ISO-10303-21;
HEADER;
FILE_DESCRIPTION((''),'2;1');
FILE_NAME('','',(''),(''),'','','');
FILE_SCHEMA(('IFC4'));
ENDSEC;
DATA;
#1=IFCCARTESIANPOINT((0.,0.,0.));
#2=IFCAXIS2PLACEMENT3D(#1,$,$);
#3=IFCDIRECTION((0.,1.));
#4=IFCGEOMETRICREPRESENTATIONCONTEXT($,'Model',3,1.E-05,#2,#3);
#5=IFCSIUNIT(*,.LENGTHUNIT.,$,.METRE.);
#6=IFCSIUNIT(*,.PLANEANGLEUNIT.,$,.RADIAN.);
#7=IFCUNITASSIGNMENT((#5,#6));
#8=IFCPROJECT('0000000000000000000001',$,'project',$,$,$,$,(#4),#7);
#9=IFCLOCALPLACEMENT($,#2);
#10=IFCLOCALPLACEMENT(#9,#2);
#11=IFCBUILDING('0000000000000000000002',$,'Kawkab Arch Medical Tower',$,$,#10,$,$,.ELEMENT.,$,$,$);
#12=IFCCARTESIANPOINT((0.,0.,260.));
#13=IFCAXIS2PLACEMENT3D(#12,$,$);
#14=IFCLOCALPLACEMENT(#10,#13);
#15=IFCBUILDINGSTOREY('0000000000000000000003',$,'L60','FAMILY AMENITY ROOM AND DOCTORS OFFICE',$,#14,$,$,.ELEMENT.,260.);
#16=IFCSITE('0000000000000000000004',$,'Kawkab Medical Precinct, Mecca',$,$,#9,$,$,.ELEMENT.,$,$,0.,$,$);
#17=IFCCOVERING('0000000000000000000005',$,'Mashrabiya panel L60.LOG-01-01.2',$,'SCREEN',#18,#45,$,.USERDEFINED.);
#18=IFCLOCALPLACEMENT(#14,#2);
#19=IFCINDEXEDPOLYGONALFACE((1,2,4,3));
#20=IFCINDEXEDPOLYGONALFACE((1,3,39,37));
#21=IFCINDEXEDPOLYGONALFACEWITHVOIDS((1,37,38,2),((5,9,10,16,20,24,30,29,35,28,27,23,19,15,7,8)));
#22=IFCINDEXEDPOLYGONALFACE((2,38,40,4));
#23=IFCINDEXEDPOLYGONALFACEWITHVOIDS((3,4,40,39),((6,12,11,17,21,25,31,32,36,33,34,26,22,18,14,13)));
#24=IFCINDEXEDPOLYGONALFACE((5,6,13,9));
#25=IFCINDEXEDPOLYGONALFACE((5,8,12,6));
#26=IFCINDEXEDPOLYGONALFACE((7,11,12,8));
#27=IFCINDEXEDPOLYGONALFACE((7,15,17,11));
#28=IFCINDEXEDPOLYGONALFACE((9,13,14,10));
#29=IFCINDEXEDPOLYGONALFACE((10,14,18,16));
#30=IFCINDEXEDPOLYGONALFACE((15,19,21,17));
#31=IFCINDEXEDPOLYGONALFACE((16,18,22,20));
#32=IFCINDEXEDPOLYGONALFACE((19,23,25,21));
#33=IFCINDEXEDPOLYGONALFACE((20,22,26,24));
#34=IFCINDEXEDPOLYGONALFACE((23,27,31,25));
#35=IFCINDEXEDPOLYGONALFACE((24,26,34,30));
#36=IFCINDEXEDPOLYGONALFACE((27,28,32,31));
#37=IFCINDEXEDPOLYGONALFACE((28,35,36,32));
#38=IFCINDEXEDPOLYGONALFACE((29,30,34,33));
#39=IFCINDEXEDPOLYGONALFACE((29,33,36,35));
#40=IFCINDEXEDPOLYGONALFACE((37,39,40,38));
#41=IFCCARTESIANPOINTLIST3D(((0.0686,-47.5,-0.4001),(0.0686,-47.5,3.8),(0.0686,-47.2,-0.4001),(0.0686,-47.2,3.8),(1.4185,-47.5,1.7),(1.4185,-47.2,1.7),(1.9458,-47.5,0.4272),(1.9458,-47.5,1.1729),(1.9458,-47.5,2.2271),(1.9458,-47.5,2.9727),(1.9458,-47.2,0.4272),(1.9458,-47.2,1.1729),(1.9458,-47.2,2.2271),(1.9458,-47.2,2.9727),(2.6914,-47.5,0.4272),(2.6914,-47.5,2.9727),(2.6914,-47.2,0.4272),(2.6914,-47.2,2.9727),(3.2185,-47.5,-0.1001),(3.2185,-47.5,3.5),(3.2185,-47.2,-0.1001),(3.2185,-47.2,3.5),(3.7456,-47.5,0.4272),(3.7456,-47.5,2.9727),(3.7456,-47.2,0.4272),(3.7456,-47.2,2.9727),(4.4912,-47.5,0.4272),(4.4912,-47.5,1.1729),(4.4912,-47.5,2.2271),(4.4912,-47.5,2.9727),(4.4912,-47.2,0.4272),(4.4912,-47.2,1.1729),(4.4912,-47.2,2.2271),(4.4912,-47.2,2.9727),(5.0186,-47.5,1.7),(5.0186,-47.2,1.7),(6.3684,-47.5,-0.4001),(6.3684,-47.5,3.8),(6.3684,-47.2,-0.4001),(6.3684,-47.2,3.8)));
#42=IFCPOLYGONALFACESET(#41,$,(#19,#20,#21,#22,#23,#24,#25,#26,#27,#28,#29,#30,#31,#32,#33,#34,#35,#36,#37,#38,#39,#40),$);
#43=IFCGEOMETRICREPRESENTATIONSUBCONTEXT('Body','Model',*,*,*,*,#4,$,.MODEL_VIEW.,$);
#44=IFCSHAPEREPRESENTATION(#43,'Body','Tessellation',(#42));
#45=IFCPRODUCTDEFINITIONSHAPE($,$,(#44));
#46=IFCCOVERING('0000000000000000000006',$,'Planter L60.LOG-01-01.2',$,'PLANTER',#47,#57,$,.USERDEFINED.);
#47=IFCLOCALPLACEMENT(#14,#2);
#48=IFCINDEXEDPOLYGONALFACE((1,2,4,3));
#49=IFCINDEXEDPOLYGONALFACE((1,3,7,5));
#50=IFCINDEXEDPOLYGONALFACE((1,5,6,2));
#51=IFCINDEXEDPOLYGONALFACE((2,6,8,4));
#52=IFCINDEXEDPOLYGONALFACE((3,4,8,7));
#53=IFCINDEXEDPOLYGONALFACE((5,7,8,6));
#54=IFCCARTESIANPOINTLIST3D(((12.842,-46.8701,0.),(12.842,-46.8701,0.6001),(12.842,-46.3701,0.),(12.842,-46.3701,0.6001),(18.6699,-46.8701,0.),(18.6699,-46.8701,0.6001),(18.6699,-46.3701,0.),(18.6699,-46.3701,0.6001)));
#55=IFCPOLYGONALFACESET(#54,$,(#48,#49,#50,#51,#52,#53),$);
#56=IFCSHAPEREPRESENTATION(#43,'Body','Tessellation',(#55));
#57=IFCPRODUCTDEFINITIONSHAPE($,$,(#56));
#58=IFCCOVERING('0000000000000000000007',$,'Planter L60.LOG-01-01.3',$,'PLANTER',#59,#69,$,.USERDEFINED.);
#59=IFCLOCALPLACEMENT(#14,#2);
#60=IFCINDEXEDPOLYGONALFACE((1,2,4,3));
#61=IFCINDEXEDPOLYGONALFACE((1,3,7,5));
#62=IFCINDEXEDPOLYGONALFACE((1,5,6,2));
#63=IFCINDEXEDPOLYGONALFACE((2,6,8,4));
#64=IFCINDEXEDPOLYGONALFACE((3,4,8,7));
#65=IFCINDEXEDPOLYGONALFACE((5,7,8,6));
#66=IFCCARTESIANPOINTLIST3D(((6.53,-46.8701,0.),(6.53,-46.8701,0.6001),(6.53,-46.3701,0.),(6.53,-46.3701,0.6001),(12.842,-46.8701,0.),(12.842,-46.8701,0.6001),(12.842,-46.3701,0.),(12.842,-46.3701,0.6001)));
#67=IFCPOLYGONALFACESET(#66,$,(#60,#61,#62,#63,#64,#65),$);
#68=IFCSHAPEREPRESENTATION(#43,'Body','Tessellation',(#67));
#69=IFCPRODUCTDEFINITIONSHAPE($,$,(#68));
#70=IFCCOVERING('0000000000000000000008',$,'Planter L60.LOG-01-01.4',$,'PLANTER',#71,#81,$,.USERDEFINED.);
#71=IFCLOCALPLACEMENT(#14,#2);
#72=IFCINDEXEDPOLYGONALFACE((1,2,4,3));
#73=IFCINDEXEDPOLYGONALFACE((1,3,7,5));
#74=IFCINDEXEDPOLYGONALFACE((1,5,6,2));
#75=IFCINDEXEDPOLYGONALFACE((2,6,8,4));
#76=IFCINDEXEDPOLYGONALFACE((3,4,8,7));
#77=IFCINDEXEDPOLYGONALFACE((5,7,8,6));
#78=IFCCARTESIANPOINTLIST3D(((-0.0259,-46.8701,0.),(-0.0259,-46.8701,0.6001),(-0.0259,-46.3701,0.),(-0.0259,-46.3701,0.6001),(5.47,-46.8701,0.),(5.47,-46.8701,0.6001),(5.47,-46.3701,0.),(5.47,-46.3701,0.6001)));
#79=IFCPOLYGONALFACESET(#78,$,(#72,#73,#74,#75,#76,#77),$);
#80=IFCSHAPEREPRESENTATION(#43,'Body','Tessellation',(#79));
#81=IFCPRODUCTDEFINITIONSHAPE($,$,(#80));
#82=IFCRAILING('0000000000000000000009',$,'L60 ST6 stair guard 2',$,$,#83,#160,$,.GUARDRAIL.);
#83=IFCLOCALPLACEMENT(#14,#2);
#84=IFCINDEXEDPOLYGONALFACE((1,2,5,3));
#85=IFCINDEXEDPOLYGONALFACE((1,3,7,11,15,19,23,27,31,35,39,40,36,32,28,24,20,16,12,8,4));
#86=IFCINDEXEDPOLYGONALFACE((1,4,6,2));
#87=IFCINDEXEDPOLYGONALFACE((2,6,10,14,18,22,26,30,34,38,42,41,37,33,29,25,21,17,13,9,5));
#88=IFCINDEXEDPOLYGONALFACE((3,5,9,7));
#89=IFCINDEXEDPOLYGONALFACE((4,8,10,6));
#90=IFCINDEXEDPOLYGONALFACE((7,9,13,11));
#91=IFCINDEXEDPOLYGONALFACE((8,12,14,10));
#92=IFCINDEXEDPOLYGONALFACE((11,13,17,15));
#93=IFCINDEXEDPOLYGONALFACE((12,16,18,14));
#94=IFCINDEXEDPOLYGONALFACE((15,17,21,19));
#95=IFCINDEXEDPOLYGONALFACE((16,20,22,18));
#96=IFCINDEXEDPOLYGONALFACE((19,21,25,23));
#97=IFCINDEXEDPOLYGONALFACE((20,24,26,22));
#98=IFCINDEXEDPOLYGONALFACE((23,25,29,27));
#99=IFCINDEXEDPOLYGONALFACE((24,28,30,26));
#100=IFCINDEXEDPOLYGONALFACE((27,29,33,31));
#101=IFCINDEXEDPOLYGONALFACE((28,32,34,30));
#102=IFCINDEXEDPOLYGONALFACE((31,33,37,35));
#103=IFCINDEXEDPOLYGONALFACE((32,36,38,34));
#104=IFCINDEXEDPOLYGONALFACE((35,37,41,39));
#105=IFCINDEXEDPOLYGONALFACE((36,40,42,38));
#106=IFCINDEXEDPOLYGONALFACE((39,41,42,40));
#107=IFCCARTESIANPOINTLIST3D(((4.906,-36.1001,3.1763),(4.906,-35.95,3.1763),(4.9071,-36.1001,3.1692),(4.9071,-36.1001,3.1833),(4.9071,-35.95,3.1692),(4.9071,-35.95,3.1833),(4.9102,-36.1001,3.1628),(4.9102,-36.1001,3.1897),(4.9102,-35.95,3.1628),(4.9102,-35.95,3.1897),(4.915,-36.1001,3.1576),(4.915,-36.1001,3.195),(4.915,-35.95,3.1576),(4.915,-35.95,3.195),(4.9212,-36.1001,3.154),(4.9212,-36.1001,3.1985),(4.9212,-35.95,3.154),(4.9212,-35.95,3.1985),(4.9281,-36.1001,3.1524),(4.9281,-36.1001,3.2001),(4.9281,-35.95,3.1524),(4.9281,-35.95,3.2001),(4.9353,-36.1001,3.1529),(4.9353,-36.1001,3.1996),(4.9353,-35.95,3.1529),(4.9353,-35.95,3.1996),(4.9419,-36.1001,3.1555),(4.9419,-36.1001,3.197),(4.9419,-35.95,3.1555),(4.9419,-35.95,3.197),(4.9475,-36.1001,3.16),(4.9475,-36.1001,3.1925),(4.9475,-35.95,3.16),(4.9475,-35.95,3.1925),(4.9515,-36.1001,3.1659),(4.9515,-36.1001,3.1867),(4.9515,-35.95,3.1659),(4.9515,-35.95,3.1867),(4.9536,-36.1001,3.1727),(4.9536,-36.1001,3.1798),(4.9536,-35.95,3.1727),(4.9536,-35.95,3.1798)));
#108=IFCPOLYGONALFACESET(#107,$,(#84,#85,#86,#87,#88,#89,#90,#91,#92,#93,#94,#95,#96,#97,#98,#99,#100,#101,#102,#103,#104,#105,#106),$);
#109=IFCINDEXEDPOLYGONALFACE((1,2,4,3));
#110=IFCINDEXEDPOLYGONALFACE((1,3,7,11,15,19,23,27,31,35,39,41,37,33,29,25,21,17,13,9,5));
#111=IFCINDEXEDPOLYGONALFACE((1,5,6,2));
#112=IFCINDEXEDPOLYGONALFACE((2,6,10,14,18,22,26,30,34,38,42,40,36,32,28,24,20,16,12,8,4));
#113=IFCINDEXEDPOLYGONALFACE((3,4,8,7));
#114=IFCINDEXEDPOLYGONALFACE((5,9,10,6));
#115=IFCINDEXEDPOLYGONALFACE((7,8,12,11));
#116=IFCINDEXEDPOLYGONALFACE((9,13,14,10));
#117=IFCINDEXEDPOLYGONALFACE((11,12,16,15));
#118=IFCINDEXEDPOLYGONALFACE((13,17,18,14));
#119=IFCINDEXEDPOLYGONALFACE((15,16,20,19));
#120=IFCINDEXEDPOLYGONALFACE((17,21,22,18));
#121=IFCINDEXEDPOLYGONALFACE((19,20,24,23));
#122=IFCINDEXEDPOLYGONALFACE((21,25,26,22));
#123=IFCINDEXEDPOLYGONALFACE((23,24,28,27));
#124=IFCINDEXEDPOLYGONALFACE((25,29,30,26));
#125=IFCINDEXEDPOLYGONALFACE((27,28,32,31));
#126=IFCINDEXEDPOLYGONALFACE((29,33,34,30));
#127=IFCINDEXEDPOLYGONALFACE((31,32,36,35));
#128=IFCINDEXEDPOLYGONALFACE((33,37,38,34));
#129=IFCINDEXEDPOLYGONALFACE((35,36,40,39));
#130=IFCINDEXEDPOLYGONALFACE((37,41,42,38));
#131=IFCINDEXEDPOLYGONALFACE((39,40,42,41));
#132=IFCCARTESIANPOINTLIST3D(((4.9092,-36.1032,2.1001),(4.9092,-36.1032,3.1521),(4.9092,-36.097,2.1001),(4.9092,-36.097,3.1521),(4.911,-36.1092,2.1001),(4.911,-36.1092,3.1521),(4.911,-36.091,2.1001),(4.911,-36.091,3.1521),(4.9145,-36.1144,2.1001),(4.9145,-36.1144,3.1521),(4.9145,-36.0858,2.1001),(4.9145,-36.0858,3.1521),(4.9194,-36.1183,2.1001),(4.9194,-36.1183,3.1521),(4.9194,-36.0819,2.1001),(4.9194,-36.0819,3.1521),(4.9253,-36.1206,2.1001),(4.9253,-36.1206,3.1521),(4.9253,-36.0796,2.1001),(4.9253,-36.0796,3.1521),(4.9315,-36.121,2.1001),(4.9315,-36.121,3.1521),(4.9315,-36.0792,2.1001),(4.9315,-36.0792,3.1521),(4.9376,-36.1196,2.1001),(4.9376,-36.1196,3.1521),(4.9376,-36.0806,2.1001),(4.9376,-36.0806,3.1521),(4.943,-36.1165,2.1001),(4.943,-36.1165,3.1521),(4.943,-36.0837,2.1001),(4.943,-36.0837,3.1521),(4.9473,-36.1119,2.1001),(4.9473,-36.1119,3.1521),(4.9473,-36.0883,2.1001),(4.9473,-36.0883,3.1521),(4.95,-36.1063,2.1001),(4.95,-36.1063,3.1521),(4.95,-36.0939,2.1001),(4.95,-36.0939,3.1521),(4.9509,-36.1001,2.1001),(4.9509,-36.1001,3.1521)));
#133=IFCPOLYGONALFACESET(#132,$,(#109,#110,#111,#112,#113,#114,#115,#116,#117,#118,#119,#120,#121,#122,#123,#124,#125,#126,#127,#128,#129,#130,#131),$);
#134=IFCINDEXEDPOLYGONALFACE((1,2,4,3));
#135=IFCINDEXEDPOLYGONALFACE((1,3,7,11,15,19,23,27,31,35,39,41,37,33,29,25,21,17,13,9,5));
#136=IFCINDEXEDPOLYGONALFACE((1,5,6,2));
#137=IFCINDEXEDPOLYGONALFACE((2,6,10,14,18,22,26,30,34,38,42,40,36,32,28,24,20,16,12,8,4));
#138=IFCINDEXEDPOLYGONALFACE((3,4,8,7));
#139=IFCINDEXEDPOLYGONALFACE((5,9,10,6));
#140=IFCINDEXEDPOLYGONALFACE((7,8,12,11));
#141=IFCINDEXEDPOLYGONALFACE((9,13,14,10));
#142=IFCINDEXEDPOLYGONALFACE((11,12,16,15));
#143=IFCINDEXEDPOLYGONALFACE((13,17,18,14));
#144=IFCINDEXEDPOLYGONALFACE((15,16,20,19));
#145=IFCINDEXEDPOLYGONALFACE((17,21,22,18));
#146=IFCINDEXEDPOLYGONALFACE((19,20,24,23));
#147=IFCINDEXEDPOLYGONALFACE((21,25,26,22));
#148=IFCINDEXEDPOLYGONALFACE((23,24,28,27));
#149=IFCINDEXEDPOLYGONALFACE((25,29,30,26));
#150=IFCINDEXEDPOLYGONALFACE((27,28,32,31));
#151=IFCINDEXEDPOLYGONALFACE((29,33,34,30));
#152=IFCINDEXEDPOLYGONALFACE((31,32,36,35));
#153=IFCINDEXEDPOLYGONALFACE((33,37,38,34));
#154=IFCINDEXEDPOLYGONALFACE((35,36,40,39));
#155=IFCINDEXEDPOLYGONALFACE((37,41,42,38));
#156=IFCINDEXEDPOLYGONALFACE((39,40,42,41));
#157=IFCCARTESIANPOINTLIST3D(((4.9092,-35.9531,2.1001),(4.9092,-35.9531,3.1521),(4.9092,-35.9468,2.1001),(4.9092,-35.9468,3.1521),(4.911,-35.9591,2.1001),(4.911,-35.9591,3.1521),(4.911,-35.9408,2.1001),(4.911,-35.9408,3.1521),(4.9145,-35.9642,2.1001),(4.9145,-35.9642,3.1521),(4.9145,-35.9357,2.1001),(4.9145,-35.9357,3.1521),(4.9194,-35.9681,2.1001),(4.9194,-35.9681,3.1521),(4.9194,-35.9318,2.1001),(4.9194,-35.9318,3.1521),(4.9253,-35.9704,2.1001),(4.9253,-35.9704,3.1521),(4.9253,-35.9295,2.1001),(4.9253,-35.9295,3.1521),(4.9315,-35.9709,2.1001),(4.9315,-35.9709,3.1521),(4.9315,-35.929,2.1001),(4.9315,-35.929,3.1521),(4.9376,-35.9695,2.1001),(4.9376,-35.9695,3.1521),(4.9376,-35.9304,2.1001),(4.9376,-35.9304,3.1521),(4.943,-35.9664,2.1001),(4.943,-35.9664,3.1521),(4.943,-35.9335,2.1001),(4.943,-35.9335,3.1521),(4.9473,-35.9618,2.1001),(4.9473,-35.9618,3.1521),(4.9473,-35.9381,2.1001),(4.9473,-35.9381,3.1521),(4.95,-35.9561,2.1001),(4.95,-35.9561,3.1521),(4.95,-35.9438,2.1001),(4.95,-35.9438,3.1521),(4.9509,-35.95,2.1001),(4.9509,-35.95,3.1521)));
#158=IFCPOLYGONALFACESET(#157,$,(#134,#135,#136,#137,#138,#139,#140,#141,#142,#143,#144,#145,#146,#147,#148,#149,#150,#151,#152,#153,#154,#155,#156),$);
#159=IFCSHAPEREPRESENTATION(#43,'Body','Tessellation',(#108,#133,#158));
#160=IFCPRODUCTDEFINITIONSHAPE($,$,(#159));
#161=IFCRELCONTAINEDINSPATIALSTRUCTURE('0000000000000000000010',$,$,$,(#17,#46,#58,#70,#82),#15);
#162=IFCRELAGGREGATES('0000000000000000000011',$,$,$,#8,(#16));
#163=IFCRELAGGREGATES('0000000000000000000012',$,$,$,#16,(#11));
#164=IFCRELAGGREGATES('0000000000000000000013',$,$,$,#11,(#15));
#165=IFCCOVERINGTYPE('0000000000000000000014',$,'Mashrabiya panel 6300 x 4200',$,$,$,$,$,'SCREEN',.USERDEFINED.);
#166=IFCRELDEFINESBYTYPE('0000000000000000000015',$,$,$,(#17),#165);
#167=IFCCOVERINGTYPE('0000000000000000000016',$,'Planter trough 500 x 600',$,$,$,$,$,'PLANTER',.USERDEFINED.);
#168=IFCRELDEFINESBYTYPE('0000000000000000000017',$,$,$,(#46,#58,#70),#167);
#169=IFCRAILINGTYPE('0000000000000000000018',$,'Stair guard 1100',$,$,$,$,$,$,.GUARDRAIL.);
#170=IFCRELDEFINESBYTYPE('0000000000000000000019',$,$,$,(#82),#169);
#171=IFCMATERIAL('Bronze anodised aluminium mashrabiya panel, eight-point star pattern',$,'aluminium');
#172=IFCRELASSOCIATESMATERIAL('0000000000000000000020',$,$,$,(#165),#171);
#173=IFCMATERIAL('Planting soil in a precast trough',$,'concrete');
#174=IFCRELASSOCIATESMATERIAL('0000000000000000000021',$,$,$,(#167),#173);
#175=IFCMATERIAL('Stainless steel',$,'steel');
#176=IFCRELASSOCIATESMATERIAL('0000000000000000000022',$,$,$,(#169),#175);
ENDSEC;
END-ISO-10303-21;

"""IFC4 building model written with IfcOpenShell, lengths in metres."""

from ifc_helpers import new_model, si_unit, direction, frame, origin, origin_2d, place, context, subcontext, project, spatial, polyline, rectangle, circle, outline, extrude, material, material_profile, profile_set, type_object, element, save


model = new_model("IFC4")

# Units and contexts
model_context = context("Model", 3, precision=1e-05, world=origin(), true_north=direction((0.0, 1.0)))
body_context = subcontext(model_context, "Body", "Model", "MODEL_VIEW")
ifc_project = project(units=[si_unit("LENGTHUNIT", "METRE"), si_unit("PLANEANGLEUNIT", "RADIAN")], contexts=[model_context])

# Site, building, storey
site_placement = place(None, origin())
site = spatial("IfcSite", under=ifc_project, at=site_placement, Name="Kawkab Medical Precinct, Mecca", CompositionType="ELEMENT", RefElevation=0.0)
building_placement = place(site_placement, origin())
building = spatial("IfcBuilding", under=site, at=building_placement, Name="Kawkab Arch Medical Tower", CompositionType="ELEMENT")
storey_placement = place(building_placement, frame((0.0, 0.0, 260.0)))
storey = spatial("IfcBuildingStorey", under=building, at=storey_placement, Name="L60", Description="FAMILY AMENITY ROOM AND DOCTORS OFFICE", CompositionType="ELEMENT", Elevation=260.0)

# Coverings
ifc_material_1 = material(Name="Bronze anodised aluminium mashrabiya panel, eight-point star pattern", Category="aluminium")
ifc_material_profile_1 = material_profile(ifc_material_1, outline(polyline([(-3.1499, -2.1001), (3.1499, -2.1001), (3.1499, 2.1001), (-3.1499, 2.1001), (-3.1499, -2.1001)]), holes=[polyline([(1.8, 0.0), (1.2727, 0.5271), (1.2727, 1.2727), (0.5271, 1.2727), (0.0, 1.8), (-0.5271, 1.2727), (-1.2727, 1.2727), (-1.2727, 0.5271), (-1.8, 0.0), (-1.2727, -0.5271), (-1.2727, -1.2727), (-0.5271, -1.2727), (0.0, -1.8), (0.5271, -1.2727), (1.2727, -1.2727), (1.2727, -0.5271), (1.8, 0.0)])]), Name="Mashrabiya panel 6300x4200")
ifc_profile_set_1 = profile_set([ifc_material_profile_1], Name="Bronze anodised aluminium mashrabiya panel, eight-point star pattern")
covering_type_1 = type_object("IfcCoveringType", Name="Mashrabiya panel 6300 x 4200", ElementType="SCREEN", PredefinedType="USERDEFINED", material=ifc_profile_set_1)
for number, where, z_axis, x_axis, name in (
    (1, (3.2185, -47.2, 1.7), (0.0, -1.0, 0.0), (1.0, 0.0, 0.0), "Mashrabiya panel L60.LOG-01-01.2"),
):
    element("IfcCovering", number, at=place(storey_placement, frame(where, z_axis=z_axis, x_axis=x_axis)), inside=storey, type_object=covering_type_1, Name=name, ObjectType="SCREEN", PredefinedType="USERDEFINED", context=body_context, shape_type="SweptSolid", body=[
        extrude(outline(polyline([(-3.1499, -2.1001), (3.1499, -2.1001), (3.1499, 2.1001), (-3.1499, 2.1001), (-3.1499, -2.1001)]), holes=[polyline([(1.8, 0.0), (1.2727, 0.5271), (1.2727, 1.2727), (0.5271, 1.2727), (0.0, 1.8), (-0.5271, 1.2727), (-1.2727, 1.2727), (-1.2727, 0.5271), (-1.8, 0.0), (-1.2727, -0.5271), (-1.2727, -1.2727), (-0.5271, -1.2727), (0.0, -1.8), (0.5271, -1.2727), (1.2727, -1.2727), (1.2727, -0.5271), (1.8, 0.0)])]), origin(), (0.0, 0.0, 1.0), 0.3),
    ])
ifc_material_2 = material(Name="Planting soil in a precast trough", Category="concrete")
ifc_material_profile_2 = material_profile(ifc_material_2, rectangle(XDim=0.5, YDim=0.6001, at=origin_2d()), Name="Trough 500x600")
ifc_profile_set_2 = profile_set([ifc_material_profile_2], Name="Planting soil in a precast trough")
covering_type_2 = type_object("IfcCoveringType", Name="Planter trough 500 x 600", ElementType="PLANTER", PredefinedType="USERDEFINED", material=ifc_profile_set_2)
covering_1_placement = place(storey_placement, frame((18.6699, -46.6201, 0.3), z_axis=(-1.0, 0.0, 0.0), x_axis=(0.0, -1.0, 0.0)))
element("IfcCovering", 2, at=covering_1_placement, inside=storey, type_object=covering_type_2, Name="Planter L60.LOG-01-01.2", ObjectType="PLANTER", PredefinedType="USERDEFINED", context=body_context, shape_type="SweptSolid", body=[
    extrude(rectangle(XDim=0.5, YDim=0.6001, at=origin_2d()), origin(), (0.0, 0.0, 1.0), 5.8279),
])
covering_2_placement = place(storey_placement, frame((12.842, -46.6201, 0.3), z_axis=(-1.0, 0.0, 0.0), x_axis=(0.0, -1.0, 0.0)))
element("IfcCovering", 3, at=covering_2_placement, inside=storey, type_object=covering_type_2, Name="Planter L60.LOG-01-01.3", ObjectType="PLANTER", PredefinedType="USERDEFINED", context=body_context, shape_type="SweptSolid", body=[
    extrude(rectangle(XDim=0.5, YDim=0.6001, at=origin_2d()), origin(), (0.0, 0.0, 1.0), 6.312),
])
covering_3_placement = place(storey_placement, frame((5.47, -46.6201, 0.3), z_axis=(-1.0, 0.0, 0.0), x_axis=(0.0, -1.0, 0.0)))
element("IfcCovering", 4, at=covering_3_placement, inside=storey, type_object=covering_type_2, Name="Planter L60.LOG-01-01.4", ObjectType="PLANTER", PredefinedType="USERDEFINED", context=body_context, shape_type="SweptSolid", body=[
    extrude(rectangle(XDim=0.5, YDim=0.6001, at=origin_2d()), origin(), (0.0, 0.0, 1.0), 5.4958),
])

# Railing
ifc_material_3 = material(Name="Stainless steel", Category="steel")
railing_type_1 = type_object("IfcRailingType", Name="Stair guard 1100", PredefinedType="GUARDRAIL", material=ifc_material_3)
railing_1_placement = place(storey_placement, frame((4.9299, -36.1001, 2.1001)))
element("IfcRailing", 5, at=railing_1_placement, inside=storey, type_object=railing_type_1, Name="L60 ST6 stair guard 2", PredefinedType="GUARDRAIL", context=body_context, shape_type="SweptSolid", body=[
    extrude(circle(Radius=0.0239, at=origin_2d()), frame((0.0, 0.0, 1.0762), z_axis=(0.0, 1.0, 0.0), x_axis=(-1.0, 0.0, 0.0)), (0.0, 0.0, 1.0), 0.1501),
    extrude(circle(Radius=0.021, at=origin_2d()), origin(), (0.0, 0.0, 1.0), 1.052),
    extrude(circle(Radius=0.021, at=origin_2d()), frame((0.0, 0.1501, 0.0)), (0.0, 0.0, 1.0), 1.052),
])

save(model, "model.ifc")
